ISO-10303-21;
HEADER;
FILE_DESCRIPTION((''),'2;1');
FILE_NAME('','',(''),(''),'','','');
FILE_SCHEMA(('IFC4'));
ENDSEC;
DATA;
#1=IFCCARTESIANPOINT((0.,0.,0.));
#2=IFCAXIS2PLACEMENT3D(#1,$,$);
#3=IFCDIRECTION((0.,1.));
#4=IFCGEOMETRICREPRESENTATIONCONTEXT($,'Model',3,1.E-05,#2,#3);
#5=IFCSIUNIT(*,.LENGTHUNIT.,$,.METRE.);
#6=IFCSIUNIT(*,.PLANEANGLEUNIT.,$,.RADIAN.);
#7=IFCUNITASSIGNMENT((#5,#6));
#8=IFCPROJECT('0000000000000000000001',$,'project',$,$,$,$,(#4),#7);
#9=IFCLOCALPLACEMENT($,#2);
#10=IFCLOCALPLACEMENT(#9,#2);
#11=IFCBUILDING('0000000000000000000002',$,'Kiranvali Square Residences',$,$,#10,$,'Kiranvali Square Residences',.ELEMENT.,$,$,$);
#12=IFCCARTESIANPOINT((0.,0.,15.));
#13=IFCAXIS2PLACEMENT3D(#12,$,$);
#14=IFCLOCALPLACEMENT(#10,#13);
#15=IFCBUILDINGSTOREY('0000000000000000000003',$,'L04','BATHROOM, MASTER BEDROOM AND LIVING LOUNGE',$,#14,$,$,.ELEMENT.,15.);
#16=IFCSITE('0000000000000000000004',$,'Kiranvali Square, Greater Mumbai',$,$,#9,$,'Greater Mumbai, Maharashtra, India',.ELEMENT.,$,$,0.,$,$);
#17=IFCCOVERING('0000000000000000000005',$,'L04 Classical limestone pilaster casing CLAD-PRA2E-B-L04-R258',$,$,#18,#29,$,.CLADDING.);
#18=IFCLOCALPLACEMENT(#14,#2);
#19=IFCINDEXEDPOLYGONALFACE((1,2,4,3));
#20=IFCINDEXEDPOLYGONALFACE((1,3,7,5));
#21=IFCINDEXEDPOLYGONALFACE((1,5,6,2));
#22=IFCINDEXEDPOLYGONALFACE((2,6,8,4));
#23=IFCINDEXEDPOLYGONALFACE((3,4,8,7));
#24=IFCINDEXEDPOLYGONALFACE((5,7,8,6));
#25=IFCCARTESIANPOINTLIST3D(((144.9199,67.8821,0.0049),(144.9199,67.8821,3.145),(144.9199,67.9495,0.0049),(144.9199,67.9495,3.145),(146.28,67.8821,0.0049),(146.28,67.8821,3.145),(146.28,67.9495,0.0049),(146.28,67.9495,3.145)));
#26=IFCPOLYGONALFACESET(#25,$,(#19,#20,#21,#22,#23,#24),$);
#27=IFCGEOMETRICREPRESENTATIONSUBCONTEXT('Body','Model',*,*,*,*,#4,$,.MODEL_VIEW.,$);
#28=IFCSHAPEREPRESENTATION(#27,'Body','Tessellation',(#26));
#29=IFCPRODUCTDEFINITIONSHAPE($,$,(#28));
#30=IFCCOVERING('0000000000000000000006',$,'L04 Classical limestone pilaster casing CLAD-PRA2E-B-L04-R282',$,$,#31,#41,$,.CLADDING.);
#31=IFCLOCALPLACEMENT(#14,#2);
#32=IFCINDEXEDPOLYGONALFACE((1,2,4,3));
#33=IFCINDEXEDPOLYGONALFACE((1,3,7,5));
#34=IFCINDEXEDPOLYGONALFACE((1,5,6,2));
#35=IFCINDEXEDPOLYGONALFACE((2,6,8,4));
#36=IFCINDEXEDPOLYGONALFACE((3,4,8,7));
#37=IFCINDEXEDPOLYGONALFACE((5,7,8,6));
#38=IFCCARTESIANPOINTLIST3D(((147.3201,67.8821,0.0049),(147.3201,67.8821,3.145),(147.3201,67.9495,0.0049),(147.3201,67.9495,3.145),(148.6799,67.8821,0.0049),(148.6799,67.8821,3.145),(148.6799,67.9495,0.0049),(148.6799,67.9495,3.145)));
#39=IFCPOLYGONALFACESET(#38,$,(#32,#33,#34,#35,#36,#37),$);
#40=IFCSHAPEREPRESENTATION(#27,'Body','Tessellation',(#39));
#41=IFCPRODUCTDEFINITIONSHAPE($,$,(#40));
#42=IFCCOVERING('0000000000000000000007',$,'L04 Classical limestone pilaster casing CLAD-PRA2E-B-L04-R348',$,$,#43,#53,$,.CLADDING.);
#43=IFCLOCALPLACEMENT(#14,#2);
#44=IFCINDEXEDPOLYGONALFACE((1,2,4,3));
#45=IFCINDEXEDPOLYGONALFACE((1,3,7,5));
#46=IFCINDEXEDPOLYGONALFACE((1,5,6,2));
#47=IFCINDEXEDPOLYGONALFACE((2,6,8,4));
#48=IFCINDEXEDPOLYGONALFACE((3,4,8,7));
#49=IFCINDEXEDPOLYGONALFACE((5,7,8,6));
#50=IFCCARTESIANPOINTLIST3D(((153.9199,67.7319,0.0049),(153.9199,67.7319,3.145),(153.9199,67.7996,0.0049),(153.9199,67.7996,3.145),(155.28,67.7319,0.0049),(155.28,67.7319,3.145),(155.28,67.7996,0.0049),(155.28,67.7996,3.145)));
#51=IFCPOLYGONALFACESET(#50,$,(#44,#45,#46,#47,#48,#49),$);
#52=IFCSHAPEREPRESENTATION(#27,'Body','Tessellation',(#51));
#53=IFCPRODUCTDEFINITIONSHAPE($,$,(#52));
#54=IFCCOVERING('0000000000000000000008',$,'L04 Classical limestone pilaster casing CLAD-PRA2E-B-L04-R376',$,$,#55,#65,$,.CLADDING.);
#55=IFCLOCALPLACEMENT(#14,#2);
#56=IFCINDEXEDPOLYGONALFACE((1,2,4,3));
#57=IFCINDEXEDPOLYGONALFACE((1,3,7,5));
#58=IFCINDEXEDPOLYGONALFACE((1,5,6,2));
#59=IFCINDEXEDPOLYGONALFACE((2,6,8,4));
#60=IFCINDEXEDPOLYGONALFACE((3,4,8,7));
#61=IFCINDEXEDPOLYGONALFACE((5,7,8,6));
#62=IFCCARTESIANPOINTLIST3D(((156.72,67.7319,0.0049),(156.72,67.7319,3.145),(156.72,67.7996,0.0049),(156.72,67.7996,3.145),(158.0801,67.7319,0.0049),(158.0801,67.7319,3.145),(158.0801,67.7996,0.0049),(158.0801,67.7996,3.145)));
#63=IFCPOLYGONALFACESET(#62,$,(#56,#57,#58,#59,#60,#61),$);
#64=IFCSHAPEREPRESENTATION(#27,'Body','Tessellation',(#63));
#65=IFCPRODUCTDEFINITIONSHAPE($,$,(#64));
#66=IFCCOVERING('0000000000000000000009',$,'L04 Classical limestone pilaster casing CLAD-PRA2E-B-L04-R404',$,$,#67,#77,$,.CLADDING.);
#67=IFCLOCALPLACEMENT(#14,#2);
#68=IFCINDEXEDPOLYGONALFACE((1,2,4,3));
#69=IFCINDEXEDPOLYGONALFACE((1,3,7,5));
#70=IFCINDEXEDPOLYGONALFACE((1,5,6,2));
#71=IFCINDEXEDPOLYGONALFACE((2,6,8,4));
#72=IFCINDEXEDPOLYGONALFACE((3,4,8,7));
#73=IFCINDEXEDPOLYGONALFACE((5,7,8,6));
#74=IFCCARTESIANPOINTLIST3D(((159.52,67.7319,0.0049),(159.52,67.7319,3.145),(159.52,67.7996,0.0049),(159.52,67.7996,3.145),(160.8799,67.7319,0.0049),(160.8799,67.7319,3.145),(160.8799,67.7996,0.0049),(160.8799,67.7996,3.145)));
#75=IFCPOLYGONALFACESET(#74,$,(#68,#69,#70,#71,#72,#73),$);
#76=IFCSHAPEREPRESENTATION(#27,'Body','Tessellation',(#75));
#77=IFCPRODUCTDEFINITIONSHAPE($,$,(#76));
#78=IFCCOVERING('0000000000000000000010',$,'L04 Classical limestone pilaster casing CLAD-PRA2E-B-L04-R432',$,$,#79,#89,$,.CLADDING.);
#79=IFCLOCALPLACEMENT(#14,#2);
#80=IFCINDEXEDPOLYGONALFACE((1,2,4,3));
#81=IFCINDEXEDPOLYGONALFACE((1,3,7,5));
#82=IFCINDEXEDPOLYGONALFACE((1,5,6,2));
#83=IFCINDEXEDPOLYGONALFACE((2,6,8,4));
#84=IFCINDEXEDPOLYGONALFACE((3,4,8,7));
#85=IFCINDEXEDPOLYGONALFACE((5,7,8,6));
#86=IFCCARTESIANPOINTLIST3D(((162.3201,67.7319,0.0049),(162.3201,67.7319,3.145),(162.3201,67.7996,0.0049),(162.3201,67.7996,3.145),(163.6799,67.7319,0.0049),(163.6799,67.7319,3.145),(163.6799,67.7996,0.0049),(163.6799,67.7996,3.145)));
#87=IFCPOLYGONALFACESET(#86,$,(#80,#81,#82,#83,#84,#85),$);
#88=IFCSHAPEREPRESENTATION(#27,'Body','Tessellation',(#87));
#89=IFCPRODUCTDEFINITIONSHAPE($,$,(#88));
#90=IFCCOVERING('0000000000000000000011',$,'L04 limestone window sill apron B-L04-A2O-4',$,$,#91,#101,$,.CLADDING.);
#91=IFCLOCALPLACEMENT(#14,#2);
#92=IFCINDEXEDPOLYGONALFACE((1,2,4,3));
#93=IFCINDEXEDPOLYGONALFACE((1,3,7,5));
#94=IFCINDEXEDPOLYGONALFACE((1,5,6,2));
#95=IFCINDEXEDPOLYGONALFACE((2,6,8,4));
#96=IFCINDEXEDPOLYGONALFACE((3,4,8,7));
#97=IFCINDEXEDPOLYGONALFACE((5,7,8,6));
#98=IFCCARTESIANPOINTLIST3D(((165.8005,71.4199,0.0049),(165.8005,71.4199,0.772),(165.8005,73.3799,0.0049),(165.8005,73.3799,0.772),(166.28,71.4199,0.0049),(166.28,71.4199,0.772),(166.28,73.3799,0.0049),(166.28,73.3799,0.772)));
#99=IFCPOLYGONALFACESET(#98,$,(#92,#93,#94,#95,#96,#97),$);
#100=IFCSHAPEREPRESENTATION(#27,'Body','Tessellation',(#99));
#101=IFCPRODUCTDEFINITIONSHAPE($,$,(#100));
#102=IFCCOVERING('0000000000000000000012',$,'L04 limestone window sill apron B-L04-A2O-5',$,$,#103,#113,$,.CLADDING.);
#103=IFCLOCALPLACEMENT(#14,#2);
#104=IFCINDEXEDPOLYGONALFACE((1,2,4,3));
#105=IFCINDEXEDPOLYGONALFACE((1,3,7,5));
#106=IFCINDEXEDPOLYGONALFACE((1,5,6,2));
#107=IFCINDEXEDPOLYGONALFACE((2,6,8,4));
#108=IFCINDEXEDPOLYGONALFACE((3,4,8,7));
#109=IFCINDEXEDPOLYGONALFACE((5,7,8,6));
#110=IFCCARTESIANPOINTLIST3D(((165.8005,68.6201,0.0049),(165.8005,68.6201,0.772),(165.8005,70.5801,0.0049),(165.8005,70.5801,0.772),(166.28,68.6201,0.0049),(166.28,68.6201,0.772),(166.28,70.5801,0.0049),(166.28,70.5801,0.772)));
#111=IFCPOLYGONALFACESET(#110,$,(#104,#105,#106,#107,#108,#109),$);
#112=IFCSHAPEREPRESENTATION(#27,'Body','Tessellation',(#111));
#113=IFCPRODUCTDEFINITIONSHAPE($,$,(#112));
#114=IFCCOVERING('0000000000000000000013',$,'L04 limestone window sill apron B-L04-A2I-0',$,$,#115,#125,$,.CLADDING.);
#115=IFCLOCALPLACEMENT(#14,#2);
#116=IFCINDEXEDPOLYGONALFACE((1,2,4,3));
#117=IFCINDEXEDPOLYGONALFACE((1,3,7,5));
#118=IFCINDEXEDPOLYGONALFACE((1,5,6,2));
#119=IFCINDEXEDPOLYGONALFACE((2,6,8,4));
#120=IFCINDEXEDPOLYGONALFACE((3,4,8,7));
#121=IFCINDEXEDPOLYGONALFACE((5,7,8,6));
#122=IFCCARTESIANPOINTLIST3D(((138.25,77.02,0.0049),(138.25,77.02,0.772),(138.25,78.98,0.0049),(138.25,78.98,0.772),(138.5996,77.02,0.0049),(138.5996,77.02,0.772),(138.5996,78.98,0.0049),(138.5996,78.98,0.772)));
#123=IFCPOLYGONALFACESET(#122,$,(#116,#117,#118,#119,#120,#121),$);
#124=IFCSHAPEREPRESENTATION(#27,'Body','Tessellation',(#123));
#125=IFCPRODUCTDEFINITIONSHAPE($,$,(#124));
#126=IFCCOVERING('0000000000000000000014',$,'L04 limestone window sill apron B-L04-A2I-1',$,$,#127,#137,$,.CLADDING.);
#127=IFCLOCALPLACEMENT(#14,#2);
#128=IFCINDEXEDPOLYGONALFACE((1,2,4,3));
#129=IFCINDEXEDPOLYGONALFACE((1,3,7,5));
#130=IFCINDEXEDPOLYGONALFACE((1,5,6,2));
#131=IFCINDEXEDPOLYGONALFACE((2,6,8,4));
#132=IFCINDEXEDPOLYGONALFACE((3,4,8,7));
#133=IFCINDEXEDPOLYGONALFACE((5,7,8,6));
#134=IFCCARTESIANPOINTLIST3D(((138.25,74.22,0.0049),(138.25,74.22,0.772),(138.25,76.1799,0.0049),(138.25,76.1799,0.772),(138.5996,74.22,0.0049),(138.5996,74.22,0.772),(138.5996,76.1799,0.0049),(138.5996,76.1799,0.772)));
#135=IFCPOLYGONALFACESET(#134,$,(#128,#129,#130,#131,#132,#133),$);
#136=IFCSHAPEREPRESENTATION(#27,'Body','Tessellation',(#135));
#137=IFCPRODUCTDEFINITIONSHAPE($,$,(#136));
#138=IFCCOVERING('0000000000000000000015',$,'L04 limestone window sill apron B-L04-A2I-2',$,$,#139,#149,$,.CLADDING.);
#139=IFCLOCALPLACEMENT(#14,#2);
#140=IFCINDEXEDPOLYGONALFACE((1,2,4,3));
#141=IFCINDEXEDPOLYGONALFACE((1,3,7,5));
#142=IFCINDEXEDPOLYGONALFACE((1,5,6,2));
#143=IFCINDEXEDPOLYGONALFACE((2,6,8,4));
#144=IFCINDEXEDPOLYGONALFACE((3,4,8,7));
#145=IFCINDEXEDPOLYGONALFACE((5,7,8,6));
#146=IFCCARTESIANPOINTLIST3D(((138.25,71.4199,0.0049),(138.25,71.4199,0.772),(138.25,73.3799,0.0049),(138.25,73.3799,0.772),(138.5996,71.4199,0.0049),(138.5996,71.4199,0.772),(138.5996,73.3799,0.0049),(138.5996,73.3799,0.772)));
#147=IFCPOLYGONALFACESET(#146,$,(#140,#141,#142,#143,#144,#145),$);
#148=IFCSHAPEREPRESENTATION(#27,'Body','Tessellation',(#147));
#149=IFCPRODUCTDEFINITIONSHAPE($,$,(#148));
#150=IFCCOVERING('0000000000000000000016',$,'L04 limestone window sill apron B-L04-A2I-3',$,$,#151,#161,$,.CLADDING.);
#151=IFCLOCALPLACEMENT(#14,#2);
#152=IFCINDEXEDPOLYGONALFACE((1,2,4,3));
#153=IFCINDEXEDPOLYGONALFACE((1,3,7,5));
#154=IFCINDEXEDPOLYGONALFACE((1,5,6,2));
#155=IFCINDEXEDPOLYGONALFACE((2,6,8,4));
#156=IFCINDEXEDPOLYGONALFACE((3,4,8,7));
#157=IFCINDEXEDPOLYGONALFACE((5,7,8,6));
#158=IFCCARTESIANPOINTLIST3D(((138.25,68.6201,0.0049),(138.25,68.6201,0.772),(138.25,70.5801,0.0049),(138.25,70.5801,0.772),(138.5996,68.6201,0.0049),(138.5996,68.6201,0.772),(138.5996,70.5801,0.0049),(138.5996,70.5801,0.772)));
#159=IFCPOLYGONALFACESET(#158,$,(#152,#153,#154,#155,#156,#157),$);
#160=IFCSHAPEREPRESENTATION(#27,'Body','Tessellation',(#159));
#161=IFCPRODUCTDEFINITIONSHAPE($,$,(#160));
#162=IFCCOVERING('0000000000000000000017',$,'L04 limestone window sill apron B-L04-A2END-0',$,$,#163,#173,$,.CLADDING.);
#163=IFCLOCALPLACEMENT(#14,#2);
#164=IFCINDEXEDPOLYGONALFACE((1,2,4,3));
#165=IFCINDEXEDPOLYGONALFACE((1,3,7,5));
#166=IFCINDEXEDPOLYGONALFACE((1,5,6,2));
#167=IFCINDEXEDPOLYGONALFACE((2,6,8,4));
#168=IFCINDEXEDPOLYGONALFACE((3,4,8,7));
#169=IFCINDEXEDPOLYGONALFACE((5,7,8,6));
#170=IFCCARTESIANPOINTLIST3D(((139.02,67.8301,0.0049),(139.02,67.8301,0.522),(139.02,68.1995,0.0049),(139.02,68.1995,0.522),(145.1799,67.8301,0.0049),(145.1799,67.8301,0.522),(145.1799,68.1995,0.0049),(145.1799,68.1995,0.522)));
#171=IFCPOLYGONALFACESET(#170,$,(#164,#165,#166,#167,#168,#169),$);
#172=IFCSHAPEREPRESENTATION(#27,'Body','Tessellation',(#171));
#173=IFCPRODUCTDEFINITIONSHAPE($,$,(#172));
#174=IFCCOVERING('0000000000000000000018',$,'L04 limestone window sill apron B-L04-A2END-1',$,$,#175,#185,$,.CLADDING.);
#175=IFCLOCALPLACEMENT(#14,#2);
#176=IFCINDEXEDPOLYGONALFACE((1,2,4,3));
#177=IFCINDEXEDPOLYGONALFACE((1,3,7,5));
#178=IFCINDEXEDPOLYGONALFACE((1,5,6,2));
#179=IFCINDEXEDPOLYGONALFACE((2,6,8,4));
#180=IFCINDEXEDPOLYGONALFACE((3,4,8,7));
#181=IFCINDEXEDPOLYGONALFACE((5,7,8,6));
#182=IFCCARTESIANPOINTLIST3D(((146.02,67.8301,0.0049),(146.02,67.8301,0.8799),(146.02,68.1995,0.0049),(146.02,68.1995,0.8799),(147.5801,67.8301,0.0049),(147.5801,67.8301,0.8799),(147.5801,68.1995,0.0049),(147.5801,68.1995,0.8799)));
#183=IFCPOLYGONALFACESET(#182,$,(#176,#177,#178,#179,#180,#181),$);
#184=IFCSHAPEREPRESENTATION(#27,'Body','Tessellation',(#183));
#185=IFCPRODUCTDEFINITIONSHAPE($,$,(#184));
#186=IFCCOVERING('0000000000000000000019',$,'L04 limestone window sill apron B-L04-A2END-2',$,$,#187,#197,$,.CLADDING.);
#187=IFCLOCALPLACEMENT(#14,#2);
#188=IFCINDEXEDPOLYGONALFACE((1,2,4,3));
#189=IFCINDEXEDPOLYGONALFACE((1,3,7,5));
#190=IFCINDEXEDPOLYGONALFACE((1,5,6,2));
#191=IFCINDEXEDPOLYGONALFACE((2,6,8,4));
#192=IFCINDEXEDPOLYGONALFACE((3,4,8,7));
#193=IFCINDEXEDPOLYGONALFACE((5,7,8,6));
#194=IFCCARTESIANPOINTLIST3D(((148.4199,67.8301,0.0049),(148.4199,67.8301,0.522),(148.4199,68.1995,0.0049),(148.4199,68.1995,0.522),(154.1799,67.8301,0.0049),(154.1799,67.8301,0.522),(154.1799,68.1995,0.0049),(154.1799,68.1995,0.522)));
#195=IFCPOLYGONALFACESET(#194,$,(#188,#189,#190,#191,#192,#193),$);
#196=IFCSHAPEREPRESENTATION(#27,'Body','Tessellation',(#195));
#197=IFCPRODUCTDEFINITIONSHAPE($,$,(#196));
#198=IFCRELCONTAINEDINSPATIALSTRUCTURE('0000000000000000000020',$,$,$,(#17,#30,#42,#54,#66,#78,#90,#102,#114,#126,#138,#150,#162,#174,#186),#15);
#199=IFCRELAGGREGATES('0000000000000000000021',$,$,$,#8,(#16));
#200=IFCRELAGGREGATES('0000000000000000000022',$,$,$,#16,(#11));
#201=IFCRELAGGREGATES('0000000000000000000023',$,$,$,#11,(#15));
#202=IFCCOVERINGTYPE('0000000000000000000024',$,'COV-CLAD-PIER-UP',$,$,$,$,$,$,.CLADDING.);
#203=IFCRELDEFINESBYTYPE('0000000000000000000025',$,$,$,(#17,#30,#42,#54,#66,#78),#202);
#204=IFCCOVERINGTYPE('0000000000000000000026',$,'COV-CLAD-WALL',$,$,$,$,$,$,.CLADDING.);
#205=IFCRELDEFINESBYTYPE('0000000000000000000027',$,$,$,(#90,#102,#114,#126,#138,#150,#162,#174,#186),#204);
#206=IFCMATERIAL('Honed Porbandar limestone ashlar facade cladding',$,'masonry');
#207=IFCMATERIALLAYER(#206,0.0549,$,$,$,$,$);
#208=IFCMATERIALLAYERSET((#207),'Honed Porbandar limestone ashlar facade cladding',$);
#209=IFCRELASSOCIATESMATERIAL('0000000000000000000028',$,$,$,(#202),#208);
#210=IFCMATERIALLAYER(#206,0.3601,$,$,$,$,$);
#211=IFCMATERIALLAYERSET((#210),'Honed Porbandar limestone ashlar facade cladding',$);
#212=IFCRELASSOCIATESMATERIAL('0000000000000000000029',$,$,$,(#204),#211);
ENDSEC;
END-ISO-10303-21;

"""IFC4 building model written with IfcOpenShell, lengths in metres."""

from ifc_helpers import new_model, si_unit, direction, frame, origin, place, context, subcontext, project, spatial, polyline, outline, extrude, material, layer, layer_set, type_object, element, save


model = new_model("IFC4")

# Units and contexts
model_context = context("Model", 3, precision=1e-05, world=origin(), true_north=direction((0.0, 1.0)))
body_context = subcontext(model_context, "Body", "Model", "MODEL_VIEW")
ifc_project = project(units=[si_unit("LENGTHUNIT", "METRE"), si_unit("PLANEANGLEUNIT", "RADIAN")], contexts=[model_context])

# Site, building, storey
site_placement = place(None, origin())
site = spatial("IfcSite", under=ifc_project, at=site_placement, Name="Kiranvali Square, Greater Mumbai", LongName="Greater Mumbai, Maharashtra, India", CompositionType="ELEMENT", RefElevation=0.0)
building_placement = place(site_placement, origin())
building = spatial("IfcBuilding", under=site, at=building_placement, Name="Kiranvali Square Residences", LongName="Kiranvali Square Residences", CompositionType="ELEMENT")
storey_placement = place(building_placement, frame((0.0, 0.0, 15.0)))
storey = spatial("IfcBuildingStorey", under=building, at=storey_placement, Name="L04", Description="BATHROOM, MASTER BEDROOM AND LIVING LOUNGE", CompositionType="ELEMENT", Elevation=15.0)

# Coverings
ifc_material = material(Name="Honed Porbandar limestone ashlar facade cladding", Category="masonry")
ifc_layer_1 = layer(ifc_material, 0.0549)
ifc_layer_set_1 = layer_set([ifc_layer_1], Name="Honed Porbandar limestone ashlar facade cladding")
covering_type_1 = type_object("IfcCoveringType", Name="COV-CLAD-PIER-UP", PredefinedType="CLADDING", material=ifc_layer_set_1)
covering_1_placement = place(storey_placement, frame((0.0, 0.0, 0.0049)))
element("IfcCovering", 1, at=covering_1_placement, inside=storey, type_object=covering_type_1, Name="L04 Classical limestone pilaster casing CLAD-PRA2E-B-L04-R258", PredefinedType="CLADDING", context=body_context, shape_type="SweptSolid", body=[
    extrude(outline(polyline([(144.9199, 67.8821), (146.28, 67.8821), (146.28, 67.9495), (144.9199, 67.9495), (144.9199, 67.8821)])), origin(), (0.0, 0.0, 1.0), 3.1401),
])
covering_2_placement = place(storey_placement, frame((0.0, 0.0, 0.0049)))
element("IfcCovering", 2, at=covering_2_placement, inside=storey, type_object=covering_type_1, Name="L04 Classical limestone pilaster casing CLAD-PRA2E-B-L04-R282", PredefinedType="CLADDING", context=body_context, shape_type="SweptSolid", body=[
    extrude(outline(polyline([(147.3201, 67.8821), (148.6799, 67.8821), (148.6799, 67.9495), (147.3201, 67.9495), (147.3201, 67.8821)])), origin(), (0.0, 0.0, 1.0), 3.1401),
])
covering_3_placement = place(storey_placement, frame((0.0, 0.0, 0.0049)))
element("IfcCovering", 3, at=covering_3_placement, inside=storey, type_object=covering_type_1, Name="L04 Classical limestone pilaster casing CLAD-PRA2E-B-L04-R348", PredefinedType="CLADDING", context=body_context, shape_type="SweptSolid", body=[
    extrude(outline(polyline([(153.9199, 67.7319), (155.28, 67.7319), (155.28, 67.7996), (153.9199, 67.7996), (153.9199, 67.7319)])), origin(), (0.0, 0.0, 1.0), 3.1401),
])
covering_4_placement = place(storey_placement, frame((0.0, 0.0, 0.0049)))
element("IfcCovering", 4, at=covering_4_placement, inside=storey, type_object=covering_type_1, Name="L04 Classical limestone pilaster casing CLAD-PRA2E-B-L04-R376", PredefinedType="CLADDING", context=body_context, shape_type="SweptSolid", body=[
    extrude(outline(polyline([(156.72, 67.7319), (158.0801, 67.7319), (158.0801, 67.7996), (156.72, 67.7996), (156.72, 67.7319)])), origin(), (0.0, 0.0, 1.0), 3.1401),
])
covering_5_placement = place(storey_placement, frame((0.0, 0.0, 0.0049)))
element("IfcCovering", 5, at=covering_5_placement, inside=storey, type_object=covering_type_1, Name="L04 Classical limestone pilaster casing CLAD-PRA2E-B-L04-R404", PredefinedType="CLADDING", context=body_context, shape_type="SweptSolid", body=[
    extrude(outline(polyline([(159.52, 67.7319), (160.8799, 67.7319), (160.8799, 67.7996), (159.52, 67.7996), (159.52, 67.7319)])), origin(), (0.0, 0.0, 1.0), 3.1401),
])
covering_6_placement = place(storey_placement, frame((0.0, 0.0, 0.0049)))
element("IfcCovering", 6, at=covering_6_placement, inside=storey, type_object=covering_type_1, Name="L04 Classical limestone pilaster casing CLAD-PRA2E-B-L04-R432", PredefinedType="CLADDING", context=body_context, shape_type="SweptSolid", body=[
    extrude(outline(polyline([(162.3201, 67.7319), (163.6799, 67.7319), (163.6799, 67.7996), (162.3201, 67.7996), (162.3201, 67.7319)])), origin(), (0.0, 0.0, 1.0), 3.1401),
])
ifc_layer_2 = layer(ifc_material, 0.3601)
ifc_layer_set_2 = layer_set([ifc_layer_2], Name="Honed Porbandar limestone ashlar facade cladding")
covering_type_2 = type_object("IfcCoveringType", Name="COV-CLAD-WALL", PredefinedType="CLADDING", material=ifc_layer_set_2)
covering_7_placement = place(storey_placement, frame((0.0, 0.0, 0.0049)))
element("IfcCovering", 7, at=covering_7_placement, inside=storey, type_object=covering_type_2, Name="L04 limestone window sill apron B-L04-A2O-4", PredefinedType="CLADDING", context=body_context, shape_type="SweptSolid", body=[
    extrude(outline(polyline([(165.8005, 73.3799), (165.8005, 71.4199), (166.28, 71.4199), (166.28, 73.3799), (165.8005, 73.3799)])), origin(), (0.0, 0.0, 1.0), 0.7671),
])
covering_8_placement = place(storey_placement, frame((0.0, 0.0, 0.0049)))
element("IfcCovering", 8, at=covering_8_placement, inside=storey, type_object=covering_type_2, Name="L04 limestone window sill apron B-L04-A2O-5", PredefinedType="CLADDING", context=body_context, shape_type="SweptSolid", body=[
    extrude(outline(polyline([(165.8005, 70.5801), (165.8005, 68.6201), (166.28, 68.6201), (166.28, 70.5801), (165.8005, 70.5801)])), origin(), (0.0, 0.0, 1.0), 0.7671),
])
covering_9_placement = place(storey_placement, frame((0.0, 0.0, 0.0049)))
element("IfcCovering", 9, at=covering_9_placement, inside=storey, type_object=covering_type_2, Name="L04 limestone window sill apron B-L04-A2I-0", PredefinedType="CLADDING", context=body_context, shape_type="SweptSolid", body=[
    extrude(outline(polyline([(138.25, 78.98), (138.25, 77.02), (138.5996, 77.02), (138.5996, 78.98), (138.25, 78.98)])), origin(), (0.0, 0.0, 1.0), 0.7671),
])
covering_10_placement = place(storey_placement, frame((0.0, 0.0, 0.0049)))
element("IfcCovering", 10, at=covering_10_placement, inside=storey, type_object=covering_type_2, Name="L04 limestone window sill apron B-L04-A2I-1", PredefinedType="CLADDING", context=body_context, shape_type="SweptSolid", body=[
    extrude(outline(polyline([(138.25, 76.1799), (138.25, 74.22), (138.5996, 74.22), (138.5996, 76.1799), (138.25, 76.1799)])), origin(), (0.0, 0.0, 1.0), 0.7671),
])
covering_11_placement = place(storey_placement, frame((0.0, 0.0, 0.0049)))
element("IfcCovering", 11, at=covering_11_placement, inside=storey, type_object=covering_type_2, Name="L04 limestone window sill apron B-L04-A2I-2", PredefinedType="CLADDING", context=body_context, shape_type="SweptSolid", body=[
    extrude(outline(polyline([(138.25, 73.3799), (138.25, 71.4199), (138.5996, 71.4199), (138.5996, 73.3799), (138.25, 73.3799)])), origin(), (0.0, 0.0, 1.0), 0.7671),
])
covering_12_placement = place(storey_placement, frame((0.0, 0.0, 0.0049)))
element("IfcCovering", 12, at=covering_12_placement, inside=storey, type_object=covering_type_2, Name="L04 limestone window sill apron B-L04-A2I-3", PredefinedType="CLADDING", context=body_context, shape_type="SweptSolid", body=[
    extrude(outline(polyline([(138.25, 70.5801), (138.25, 68.6201), (138.5996, 68.6201), (138.5996, 70.5801), (138.25, 70.5801)])), origin(), (0.0, 0.0, 1.0), 0.7671),
])
covering_13_placement = place(storey_placement, frame((0.0, 0.0, 0.0049)))
element("IfcCovering", 13, at=covering_13_placement, inside=storey, type_object=covering_type_2, Name="L04 limestone window sill apron B-L04-A2END-0", PredefinedType="CLADDING", context=body_context, shape_type="SweptSolid", body=[
    extrude(outline(polyline([(139.02, 67.8301), (145.1799, 67.8301), (145.1799, 68.1995), (139.02, 68.1995), (139.02, 67.8301)])), origin(), (0.0, 0.0, 1.0), 0.5171),
])
covering_14_placement = place(storey_placement, frame((0.0, 0.0, 0.0049)))
element("IfcCovering", 14, at=covering_14_placement, inside=storey, type_object=covering_type_2, Name="L04 limestone window sill apron B-L04-A2END-1", PredefinedType="CLADDING", context=body_context, shape_type="SweptSolid", body=[
    extrude(outline(polyline([(146.02, 67.8301), (147.5801, 67.8301), (147.5801, 68.1995), (146.02, 68.1995), (146.02, 67.8301)])), origin(), (0.0, 0.0, 1.0), 0.875),
])
covering_15_placement = place(storey_placement, frame((0.0, 0.0, 0.0049)))
element("IfcCovering", 15, at=covering_15_placement, inside=storey, type_object=covering_type_2, Name="L04 limestone window sill apron B-L04-A2END-2", PredefinedType="CLADDING", context=body_context, shape_type="SweptSolid", body=[
    extrude(outline(polyline([(148.4199, 67.8301), (154.1799, 67.8301), (154.1799, 68.1995), (148.4199, 68.1995), (148.4199, 67.8301)])), origin(), (0.0, 0.0, 1.0), 0.5171),
])

save(model, "model.ifc")
